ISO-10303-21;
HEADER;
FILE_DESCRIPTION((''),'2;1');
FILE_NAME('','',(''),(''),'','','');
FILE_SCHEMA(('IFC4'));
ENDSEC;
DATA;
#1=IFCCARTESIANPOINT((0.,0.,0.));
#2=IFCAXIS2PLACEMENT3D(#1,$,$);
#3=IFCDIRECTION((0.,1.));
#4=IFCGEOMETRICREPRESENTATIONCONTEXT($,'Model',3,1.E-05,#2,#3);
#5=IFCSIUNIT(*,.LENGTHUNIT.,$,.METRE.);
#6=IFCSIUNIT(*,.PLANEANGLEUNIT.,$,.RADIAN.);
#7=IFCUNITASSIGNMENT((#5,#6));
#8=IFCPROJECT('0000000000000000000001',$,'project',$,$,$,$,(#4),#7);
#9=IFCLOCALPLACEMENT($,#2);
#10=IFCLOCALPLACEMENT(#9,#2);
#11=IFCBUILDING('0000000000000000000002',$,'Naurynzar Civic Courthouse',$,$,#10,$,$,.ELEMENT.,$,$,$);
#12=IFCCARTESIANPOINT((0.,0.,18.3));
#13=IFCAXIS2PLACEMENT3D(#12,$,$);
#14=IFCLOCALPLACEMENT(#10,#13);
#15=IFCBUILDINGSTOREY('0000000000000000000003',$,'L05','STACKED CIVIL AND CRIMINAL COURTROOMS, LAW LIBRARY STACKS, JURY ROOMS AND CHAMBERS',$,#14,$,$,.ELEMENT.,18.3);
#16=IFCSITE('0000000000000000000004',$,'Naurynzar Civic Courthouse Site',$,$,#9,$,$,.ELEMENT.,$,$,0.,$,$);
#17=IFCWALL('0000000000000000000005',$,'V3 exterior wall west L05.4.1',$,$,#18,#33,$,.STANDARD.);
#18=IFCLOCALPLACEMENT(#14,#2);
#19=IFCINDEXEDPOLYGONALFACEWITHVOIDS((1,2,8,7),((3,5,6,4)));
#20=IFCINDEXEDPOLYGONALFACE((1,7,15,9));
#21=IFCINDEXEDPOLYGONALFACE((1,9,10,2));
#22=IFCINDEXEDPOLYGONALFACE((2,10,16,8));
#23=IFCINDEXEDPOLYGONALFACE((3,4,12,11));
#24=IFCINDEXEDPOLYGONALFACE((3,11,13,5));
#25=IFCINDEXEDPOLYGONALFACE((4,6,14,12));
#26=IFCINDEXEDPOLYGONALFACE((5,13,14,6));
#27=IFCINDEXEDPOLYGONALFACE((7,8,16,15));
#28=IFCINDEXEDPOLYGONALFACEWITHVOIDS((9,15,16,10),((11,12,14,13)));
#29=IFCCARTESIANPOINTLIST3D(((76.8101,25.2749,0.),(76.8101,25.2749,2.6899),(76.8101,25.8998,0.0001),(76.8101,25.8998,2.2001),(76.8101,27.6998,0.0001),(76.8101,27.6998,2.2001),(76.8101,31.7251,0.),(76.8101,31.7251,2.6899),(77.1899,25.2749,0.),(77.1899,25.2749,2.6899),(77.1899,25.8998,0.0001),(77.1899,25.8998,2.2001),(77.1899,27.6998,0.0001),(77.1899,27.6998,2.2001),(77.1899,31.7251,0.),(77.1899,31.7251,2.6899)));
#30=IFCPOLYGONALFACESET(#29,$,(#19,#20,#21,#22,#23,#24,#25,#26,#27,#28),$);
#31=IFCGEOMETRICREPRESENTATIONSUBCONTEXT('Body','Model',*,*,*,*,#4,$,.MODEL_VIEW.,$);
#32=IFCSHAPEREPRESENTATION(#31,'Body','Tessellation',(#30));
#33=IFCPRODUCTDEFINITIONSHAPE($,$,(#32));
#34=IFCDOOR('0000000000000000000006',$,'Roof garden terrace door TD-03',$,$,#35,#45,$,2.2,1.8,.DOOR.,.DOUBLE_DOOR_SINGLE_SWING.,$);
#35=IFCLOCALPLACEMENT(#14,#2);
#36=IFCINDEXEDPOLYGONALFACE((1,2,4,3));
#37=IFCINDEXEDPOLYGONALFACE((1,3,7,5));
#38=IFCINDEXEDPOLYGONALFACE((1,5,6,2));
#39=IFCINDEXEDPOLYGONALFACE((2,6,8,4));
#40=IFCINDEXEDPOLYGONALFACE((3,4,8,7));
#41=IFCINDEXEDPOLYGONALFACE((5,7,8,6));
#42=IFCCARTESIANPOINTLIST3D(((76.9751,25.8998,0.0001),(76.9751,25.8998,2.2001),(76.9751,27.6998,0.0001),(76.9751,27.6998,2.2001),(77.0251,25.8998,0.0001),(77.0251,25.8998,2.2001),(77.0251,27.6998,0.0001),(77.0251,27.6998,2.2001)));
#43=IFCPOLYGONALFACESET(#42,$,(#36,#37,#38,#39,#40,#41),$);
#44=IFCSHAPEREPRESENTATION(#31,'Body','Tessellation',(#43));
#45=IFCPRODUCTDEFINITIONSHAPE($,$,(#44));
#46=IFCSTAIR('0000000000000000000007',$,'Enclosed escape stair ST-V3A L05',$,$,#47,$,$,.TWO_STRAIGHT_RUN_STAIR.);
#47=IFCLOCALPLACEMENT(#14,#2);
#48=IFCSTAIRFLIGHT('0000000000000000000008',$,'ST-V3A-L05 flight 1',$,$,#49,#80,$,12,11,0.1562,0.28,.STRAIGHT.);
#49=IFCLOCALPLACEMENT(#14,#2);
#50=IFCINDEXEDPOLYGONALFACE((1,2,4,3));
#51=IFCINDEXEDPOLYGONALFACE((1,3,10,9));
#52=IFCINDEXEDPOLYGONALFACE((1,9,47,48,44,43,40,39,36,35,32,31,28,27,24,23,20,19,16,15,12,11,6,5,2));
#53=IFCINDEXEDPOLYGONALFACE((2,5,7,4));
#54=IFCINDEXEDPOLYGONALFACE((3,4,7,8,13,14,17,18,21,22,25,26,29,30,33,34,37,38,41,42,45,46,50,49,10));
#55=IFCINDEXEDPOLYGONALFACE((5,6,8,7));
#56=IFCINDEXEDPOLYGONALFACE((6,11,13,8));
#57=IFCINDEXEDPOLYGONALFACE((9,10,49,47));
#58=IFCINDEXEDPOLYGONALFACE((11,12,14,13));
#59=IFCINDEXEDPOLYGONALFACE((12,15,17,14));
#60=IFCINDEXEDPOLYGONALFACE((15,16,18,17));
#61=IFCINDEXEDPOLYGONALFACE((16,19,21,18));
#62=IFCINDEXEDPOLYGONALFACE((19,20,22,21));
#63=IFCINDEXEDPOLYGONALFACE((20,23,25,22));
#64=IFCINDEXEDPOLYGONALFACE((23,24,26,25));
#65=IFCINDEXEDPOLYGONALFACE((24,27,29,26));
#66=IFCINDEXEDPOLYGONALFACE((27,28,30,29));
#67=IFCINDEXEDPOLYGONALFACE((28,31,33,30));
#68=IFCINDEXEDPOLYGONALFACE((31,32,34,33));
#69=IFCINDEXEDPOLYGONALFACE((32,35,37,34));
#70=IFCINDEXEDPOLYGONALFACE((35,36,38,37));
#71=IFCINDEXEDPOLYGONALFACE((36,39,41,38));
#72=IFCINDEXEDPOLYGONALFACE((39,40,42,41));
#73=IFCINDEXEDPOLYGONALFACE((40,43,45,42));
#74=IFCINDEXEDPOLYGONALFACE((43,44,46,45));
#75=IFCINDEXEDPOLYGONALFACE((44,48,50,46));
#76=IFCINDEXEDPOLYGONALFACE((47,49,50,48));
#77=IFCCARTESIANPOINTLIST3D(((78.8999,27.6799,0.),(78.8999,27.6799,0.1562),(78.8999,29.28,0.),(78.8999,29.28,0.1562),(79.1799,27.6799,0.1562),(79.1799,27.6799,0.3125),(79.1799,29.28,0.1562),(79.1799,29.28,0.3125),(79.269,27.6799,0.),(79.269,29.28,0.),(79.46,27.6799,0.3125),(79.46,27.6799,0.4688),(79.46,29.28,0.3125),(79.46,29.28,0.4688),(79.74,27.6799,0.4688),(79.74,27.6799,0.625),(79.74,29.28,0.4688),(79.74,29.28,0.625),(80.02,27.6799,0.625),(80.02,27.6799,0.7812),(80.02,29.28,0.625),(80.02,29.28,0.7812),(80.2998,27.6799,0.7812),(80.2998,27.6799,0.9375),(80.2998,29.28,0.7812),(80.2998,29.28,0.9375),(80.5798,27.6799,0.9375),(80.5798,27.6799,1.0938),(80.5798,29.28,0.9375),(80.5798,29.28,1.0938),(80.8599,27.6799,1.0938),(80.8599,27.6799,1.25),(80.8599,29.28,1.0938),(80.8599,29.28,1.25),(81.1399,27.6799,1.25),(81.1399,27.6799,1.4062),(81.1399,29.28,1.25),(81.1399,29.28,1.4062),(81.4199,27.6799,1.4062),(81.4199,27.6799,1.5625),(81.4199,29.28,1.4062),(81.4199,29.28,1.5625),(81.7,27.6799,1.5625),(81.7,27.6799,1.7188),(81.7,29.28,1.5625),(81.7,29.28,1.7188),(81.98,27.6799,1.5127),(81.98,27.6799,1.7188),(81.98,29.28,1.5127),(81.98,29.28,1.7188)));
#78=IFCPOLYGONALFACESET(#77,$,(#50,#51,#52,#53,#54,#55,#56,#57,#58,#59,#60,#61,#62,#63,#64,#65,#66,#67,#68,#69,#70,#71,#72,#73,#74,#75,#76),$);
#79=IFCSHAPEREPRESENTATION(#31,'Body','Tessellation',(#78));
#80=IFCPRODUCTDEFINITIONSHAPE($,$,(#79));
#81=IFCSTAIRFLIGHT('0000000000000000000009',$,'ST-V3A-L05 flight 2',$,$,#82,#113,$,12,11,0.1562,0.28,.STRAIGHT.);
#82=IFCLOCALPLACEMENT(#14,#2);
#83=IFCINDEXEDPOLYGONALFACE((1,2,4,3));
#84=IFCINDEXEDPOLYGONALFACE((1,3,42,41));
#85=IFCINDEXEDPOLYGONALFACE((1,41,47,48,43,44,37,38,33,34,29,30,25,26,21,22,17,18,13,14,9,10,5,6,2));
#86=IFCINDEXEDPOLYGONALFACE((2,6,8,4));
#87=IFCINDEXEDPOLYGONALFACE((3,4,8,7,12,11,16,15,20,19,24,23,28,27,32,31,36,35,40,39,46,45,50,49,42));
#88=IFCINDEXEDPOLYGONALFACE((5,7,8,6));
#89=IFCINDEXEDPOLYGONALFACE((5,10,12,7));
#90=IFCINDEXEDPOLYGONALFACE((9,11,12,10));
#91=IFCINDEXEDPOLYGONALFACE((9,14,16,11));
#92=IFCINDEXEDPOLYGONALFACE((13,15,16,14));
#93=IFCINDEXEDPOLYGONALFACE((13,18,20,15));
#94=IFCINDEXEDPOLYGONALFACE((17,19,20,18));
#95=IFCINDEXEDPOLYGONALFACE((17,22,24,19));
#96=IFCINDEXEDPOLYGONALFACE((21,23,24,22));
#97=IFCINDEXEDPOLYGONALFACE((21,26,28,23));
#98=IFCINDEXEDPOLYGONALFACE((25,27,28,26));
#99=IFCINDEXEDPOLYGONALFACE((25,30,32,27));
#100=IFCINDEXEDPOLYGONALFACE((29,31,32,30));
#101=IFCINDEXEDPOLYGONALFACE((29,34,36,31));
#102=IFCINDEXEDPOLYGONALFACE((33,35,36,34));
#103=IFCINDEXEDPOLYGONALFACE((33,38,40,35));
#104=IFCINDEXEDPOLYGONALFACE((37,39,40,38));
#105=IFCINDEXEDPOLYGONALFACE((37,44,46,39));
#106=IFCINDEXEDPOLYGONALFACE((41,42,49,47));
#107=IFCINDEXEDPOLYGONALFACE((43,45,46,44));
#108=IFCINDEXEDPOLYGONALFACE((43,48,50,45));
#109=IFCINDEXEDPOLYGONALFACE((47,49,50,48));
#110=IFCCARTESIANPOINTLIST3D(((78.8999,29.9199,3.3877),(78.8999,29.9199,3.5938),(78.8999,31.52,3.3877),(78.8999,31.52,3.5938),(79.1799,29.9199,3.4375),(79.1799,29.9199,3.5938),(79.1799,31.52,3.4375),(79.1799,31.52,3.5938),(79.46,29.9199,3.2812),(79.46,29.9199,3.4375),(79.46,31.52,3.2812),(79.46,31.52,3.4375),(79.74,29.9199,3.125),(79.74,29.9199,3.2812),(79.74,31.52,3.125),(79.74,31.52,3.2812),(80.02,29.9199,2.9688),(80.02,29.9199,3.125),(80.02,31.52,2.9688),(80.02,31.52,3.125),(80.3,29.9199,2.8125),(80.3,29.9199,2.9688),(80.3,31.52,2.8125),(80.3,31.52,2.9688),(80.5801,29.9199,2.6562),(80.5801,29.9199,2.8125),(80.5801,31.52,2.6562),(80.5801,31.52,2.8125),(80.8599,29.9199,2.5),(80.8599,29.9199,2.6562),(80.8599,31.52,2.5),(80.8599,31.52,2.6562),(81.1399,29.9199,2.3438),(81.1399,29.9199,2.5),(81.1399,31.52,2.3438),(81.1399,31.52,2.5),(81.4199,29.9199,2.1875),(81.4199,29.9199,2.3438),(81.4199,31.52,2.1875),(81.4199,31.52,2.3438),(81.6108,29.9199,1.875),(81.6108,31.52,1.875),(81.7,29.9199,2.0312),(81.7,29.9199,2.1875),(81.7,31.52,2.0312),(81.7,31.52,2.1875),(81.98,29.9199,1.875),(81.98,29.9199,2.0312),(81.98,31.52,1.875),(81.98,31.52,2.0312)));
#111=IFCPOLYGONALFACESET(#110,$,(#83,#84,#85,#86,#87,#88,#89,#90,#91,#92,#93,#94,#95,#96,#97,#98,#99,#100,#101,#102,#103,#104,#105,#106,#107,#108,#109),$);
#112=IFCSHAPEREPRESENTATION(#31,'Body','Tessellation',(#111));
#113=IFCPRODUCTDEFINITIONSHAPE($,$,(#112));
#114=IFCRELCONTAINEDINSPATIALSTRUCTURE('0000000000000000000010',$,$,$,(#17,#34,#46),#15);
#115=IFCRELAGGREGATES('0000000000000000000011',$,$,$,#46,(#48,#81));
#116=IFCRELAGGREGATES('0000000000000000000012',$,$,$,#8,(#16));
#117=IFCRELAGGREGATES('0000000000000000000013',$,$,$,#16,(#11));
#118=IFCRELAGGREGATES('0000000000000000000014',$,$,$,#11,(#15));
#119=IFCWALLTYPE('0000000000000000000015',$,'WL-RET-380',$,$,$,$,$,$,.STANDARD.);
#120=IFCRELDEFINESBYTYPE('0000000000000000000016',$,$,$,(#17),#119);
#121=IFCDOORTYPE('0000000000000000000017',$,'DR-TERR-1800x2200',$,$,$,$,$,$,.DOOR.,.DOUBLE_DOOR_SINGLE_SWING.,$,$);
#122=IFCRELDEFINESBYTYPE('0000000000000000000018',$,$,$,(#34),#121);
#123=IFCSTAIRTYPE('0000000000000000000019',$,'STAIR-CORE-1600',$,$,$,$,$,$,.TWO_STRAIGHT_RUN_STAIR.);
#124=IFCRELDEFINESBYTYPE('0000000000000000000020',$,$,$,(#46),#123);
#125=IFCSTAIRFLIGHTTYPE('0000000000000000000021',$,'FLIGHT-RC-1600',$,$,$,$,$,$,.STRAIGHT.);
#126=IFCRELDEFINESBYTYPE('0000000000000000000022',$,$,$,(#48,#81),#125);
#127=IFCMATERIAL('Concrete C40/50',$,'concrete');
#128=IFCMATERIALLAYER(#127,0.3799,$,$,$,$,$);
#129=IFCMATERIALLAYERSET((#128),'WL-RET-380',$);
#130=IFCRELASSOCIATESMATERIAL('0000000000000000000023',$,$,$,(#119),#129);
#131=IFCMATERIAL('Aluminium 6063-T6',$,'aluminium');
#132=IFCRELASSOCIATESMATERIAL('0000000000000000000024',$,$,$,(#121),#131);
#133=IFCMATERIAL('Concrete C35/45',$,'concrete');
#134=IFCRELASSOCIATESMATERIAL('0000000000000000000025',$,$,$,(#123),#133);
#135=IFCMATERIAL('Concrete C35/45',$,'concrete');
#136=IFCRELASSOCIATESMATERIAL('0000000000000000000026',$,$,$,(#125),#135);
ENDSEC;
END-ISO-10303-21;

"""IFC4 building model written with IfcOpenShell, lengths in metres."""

from ifc_helpers import new_model, si_unit, direction, frame, frame_2d, origin, place, context, subcontext, project, spatial, polyline, rectangle, outline, extrude, material, layer, layer_set, type_object, element, fill, aggregate, save


model = new_model("IFC4")

# Units and contexts
model_context = context("Model", 3, precision=1e-05, world=origin(), true_north=direction((0.0, 1.0)))
body_context = subcontext(model_context, "Body", "Model", "MODEL_VIEW")
ifc_project = project(units=[si_unit("LENGTHUNIT", "METRE"), si_unit("PLANEANGLEUNIT", "RADIAN")], contexts=[model_context])

# Site, building, storey
site_placement = place(None, origin())
site = spatial("IfcSite", under=ifc_project, at=site_placement, Name="Naurynzar Civic Courthouse Site", CompositionType="ELEMENT", RefElevation=0.0)
building_placement = place(site_placement, origin())
building = spatial("IfcBuilding", under=site, at=building_placement, Name="Naurynzar Civic Courthouse", CompositionType="ELEMENT")
storey_placement = place(building_placement, frame((0.0, 0.0, 18.3)))
storey = spatial("IfcBuildingStorey", under=building, at=storey_placement, Name="L05", Description="STACKED CIVIL AND CRIMINAL COURTROOMS, LAW LIBRARY STACKS, JURY ROOMS AND CHAMBERS", CompositionType="ELEMENT", Elevation=18.3)

# Wall, opening, door
ifc_material_1 = material(Name="Concrete C40/50", Category="concrete")
ifc_layer_1 = layer(ifc_material_1, 0.3799)
ifc_layer_set_1 = layer_set([ifc_layer_1], Name="WL-RET-380")
wall_type_1 = type_object("IfcWallType", Name="WL-RET-380", PredefinedType="STANDARD", material=ifc_layer_set_1)
wall_1_placement = place(storey_placement, frame((77.0, 25.2749, 0.0), z_axis=(0.0, 0.0, 1.0), x_axis=(0.0, 1.0, 0.0)))
wall_1 = element("IfcWall", 1, at=wall_1_placement, inside=storey, type_object=wall_type_1, Name="V3 exterior wall west L05.4.1", PredefinedType="STANDARD", context=body_context, shape_type="SweptSolid", body=[
    extrude(rectangle(XDim=6.4502, YDim=0.3799, at=frame_2d((3.2251, 0.0))), origin(), (0.0, 0.0, 1.0), 2.6899),
])
opening_1_placement = place(wall_1_placement, frame((0.625, 0.0, 0.0)))
opening_1 = element("IfcOpeningElement", 2, at=opening_1_placement, cuts=wall_1, PredefinedType="OPENING", context=body_context, shape_type="SweptSolid", body=[
    extrude(rectangle(XDim=1.8, YDim=2.2, at=frame_2d((0.8999, 1.1001))), frame((0.0, 0.2, 0.0), z_axis=(0.0, -1.0, 0.0), x_axis=(1.0, 0.0, 0.0)), (0.0, 0.0, 1.0), 0.3999),
])
ifc_material_2 = material(Name="Aluminium 6063-T6", Category="aluminium")
door_type_1 = type_object("IfcDoorType", Name="DR-TERR-1800x2200", OperationType="DOUBLE_DOOR_SINGLE_SWING", PredefinedType="DOOR", material=ifc_material_2)
door_1_placement = place(opening_1_placement, origin())
door_1 = element("IfcDoor", 3, at=door_1_placement, inside=storey, type_object=door_type_1, Name="Roof garden terrace door TD-03", OperationType="DOUBLE_DOOR_SINGLE_SWING", OverallHeight=2.2, OverallWidth=1.8, PredefinedType="DOOR", context=body_context, shape_type="SweptSolid", body=[
    extrude(rectangle(XDim=1.8, YDim=2.2, at=frame_2d((0.8999, 1.1001))), frame((0.0, 0.0249, 0.0), z_axis=(0.0, -1.0, 0.0), x_axis=(1.0, 0.0, 0.0)), (0.0, 0.0, 1.0), 0.05),
])
fill(opening_1, door_1)

# Stair, stair flights
ifc_material_3 = material(Name="Concrete C35/45", Category="concrete")
stair_type = type_object("IfcStairType", Name="STAIR-CORE-1600", PredefinedType="TWO_STRAIGHT_RUN_STAIR", material=ifc_material_3)
stair_placement = place(storey_placement, origin())
stair = element("IfcStair", 4, at=stair_placement, inside=storey, type_object=stair_type, Name="Enclosed escape stair ST-V3A L05", PredefinedType="TWO_STRAIGHT_RUN_STAIR")
ifc_material_4 = material(Name="Concrete C35/45", Category="concrete")
stair_flight_type = type_object("IfcStairFlightType", Name="FLIGHT-RC-1600", PredefinedType="STRAIGHT", material=ifc_material_4)
stair_flight_1_placement = place(storey_placement, frame((78.8999, 28.48, 0.0), z_axis=(0.0, 0.0, 1.0), x_axis=(1.0, 0.0, 0.0)))
stair_flight_1 = element("IfcStairFlight", 5, at=stair_flight_1_placement, type_object=stair_flight_type, Name="ST-V3A-L05 flight 1", NumberOfRisers=12, NumberOfTreads=11, PredefinedType="STRAIGHT", RiserHeight=0.1562, TreadLength=0.28, context=body_context, shape_type="SweptSolid", body=[
    extrude(outline(polyline([(0.0, 0.0), (0.0, 0.1562), (0.28, 0.1562), (0.28, 0.3125), (0.5601, 0.3125), (0.5601, 0.4688), (0.8401, 0.4688), (0.8401, 0.625), (1.1201, 0.625), (1.1201, 0.7812), (1.3999, 0.7812), (1.3999, 0.9375), (1.6799, 0.9375), (1.6799, 1.0938), (1.96, 1.0938), (1.96, 1.25), (2.24, 1.25), (2.24, 1.4062), (2.52, 1.4062), (2.52, 1.5625), (2.8, 1.5625), (2.8, 1.7188), (3.0801, 1.7188), (3.0801, 1.875), (3.0801, 1.5127), (0.3691, 0.0), (0.0, 0.0)])), frame((0.0, 0.8, 0.0), z_axis=(0.0, -1.0, 0.0), x_axis=(1.0, 0.0, 0.0)), (0.0, 0.0, 1.0), 1.6001),
])
stair_flight_2_placement = place(storey_placement, frame((81.98, 30.72, 1.875), z_axis=(0.0, 0.0, 1.0), x_axis=(-1.0, 0.0, 0.0)))
stair_flight_2 = element("IfcStairFlight", 6, at=stair_flight_2_placement, type_object=stair_flight_type, Name="ST-V3A-L05 flight 2", NumberOfRisers=12, NumberOfTreads=11, PredefinedType="STRAIGHT", RiserHeight=0.1562, TreadLength=0.28, context=body_context, shape_type="SweptSolid", body=[
    extrude(outline(polyline([(0.0, 0.0), (0.0, 0.1562), (0.28, 0.1562), (0.28, 0.3125), (0.5601, 0.3125), (0.5601, 0.4688), (0.8401, 0.4688), (0.8401, 0.625), (1.1201, 0.625), (1.1201, 0.7812), (1.3999, 0.7812), (1.3999, 0.9375), (1.6799, 0.9375), (1.6799, 1.0938), (1.96, 1.0938), (1.96, 1.25), (2.24, 1.25), (2.24, 1.4062), (2.52, 1.4062), (2.52, 1.5625), (2.8, 1.5625), (2.8, 1.7188), (3.0801, 1.7188), (3.0801, 1.875), (3.0801, 1.5127), (0.3691, 0.0), (0.0, 0.0)])), frame((0.0, 0.8, 0.0), z_axis=(0.0, -1.0, 0.0), x_axis=(1.0, 0.0, 0.0)), (0.0, 0.0, 1.0), 1.6001),
])
aggregate(stair, [stair_flight_1, stair_flight_2])

save(model, "model.ifc")
